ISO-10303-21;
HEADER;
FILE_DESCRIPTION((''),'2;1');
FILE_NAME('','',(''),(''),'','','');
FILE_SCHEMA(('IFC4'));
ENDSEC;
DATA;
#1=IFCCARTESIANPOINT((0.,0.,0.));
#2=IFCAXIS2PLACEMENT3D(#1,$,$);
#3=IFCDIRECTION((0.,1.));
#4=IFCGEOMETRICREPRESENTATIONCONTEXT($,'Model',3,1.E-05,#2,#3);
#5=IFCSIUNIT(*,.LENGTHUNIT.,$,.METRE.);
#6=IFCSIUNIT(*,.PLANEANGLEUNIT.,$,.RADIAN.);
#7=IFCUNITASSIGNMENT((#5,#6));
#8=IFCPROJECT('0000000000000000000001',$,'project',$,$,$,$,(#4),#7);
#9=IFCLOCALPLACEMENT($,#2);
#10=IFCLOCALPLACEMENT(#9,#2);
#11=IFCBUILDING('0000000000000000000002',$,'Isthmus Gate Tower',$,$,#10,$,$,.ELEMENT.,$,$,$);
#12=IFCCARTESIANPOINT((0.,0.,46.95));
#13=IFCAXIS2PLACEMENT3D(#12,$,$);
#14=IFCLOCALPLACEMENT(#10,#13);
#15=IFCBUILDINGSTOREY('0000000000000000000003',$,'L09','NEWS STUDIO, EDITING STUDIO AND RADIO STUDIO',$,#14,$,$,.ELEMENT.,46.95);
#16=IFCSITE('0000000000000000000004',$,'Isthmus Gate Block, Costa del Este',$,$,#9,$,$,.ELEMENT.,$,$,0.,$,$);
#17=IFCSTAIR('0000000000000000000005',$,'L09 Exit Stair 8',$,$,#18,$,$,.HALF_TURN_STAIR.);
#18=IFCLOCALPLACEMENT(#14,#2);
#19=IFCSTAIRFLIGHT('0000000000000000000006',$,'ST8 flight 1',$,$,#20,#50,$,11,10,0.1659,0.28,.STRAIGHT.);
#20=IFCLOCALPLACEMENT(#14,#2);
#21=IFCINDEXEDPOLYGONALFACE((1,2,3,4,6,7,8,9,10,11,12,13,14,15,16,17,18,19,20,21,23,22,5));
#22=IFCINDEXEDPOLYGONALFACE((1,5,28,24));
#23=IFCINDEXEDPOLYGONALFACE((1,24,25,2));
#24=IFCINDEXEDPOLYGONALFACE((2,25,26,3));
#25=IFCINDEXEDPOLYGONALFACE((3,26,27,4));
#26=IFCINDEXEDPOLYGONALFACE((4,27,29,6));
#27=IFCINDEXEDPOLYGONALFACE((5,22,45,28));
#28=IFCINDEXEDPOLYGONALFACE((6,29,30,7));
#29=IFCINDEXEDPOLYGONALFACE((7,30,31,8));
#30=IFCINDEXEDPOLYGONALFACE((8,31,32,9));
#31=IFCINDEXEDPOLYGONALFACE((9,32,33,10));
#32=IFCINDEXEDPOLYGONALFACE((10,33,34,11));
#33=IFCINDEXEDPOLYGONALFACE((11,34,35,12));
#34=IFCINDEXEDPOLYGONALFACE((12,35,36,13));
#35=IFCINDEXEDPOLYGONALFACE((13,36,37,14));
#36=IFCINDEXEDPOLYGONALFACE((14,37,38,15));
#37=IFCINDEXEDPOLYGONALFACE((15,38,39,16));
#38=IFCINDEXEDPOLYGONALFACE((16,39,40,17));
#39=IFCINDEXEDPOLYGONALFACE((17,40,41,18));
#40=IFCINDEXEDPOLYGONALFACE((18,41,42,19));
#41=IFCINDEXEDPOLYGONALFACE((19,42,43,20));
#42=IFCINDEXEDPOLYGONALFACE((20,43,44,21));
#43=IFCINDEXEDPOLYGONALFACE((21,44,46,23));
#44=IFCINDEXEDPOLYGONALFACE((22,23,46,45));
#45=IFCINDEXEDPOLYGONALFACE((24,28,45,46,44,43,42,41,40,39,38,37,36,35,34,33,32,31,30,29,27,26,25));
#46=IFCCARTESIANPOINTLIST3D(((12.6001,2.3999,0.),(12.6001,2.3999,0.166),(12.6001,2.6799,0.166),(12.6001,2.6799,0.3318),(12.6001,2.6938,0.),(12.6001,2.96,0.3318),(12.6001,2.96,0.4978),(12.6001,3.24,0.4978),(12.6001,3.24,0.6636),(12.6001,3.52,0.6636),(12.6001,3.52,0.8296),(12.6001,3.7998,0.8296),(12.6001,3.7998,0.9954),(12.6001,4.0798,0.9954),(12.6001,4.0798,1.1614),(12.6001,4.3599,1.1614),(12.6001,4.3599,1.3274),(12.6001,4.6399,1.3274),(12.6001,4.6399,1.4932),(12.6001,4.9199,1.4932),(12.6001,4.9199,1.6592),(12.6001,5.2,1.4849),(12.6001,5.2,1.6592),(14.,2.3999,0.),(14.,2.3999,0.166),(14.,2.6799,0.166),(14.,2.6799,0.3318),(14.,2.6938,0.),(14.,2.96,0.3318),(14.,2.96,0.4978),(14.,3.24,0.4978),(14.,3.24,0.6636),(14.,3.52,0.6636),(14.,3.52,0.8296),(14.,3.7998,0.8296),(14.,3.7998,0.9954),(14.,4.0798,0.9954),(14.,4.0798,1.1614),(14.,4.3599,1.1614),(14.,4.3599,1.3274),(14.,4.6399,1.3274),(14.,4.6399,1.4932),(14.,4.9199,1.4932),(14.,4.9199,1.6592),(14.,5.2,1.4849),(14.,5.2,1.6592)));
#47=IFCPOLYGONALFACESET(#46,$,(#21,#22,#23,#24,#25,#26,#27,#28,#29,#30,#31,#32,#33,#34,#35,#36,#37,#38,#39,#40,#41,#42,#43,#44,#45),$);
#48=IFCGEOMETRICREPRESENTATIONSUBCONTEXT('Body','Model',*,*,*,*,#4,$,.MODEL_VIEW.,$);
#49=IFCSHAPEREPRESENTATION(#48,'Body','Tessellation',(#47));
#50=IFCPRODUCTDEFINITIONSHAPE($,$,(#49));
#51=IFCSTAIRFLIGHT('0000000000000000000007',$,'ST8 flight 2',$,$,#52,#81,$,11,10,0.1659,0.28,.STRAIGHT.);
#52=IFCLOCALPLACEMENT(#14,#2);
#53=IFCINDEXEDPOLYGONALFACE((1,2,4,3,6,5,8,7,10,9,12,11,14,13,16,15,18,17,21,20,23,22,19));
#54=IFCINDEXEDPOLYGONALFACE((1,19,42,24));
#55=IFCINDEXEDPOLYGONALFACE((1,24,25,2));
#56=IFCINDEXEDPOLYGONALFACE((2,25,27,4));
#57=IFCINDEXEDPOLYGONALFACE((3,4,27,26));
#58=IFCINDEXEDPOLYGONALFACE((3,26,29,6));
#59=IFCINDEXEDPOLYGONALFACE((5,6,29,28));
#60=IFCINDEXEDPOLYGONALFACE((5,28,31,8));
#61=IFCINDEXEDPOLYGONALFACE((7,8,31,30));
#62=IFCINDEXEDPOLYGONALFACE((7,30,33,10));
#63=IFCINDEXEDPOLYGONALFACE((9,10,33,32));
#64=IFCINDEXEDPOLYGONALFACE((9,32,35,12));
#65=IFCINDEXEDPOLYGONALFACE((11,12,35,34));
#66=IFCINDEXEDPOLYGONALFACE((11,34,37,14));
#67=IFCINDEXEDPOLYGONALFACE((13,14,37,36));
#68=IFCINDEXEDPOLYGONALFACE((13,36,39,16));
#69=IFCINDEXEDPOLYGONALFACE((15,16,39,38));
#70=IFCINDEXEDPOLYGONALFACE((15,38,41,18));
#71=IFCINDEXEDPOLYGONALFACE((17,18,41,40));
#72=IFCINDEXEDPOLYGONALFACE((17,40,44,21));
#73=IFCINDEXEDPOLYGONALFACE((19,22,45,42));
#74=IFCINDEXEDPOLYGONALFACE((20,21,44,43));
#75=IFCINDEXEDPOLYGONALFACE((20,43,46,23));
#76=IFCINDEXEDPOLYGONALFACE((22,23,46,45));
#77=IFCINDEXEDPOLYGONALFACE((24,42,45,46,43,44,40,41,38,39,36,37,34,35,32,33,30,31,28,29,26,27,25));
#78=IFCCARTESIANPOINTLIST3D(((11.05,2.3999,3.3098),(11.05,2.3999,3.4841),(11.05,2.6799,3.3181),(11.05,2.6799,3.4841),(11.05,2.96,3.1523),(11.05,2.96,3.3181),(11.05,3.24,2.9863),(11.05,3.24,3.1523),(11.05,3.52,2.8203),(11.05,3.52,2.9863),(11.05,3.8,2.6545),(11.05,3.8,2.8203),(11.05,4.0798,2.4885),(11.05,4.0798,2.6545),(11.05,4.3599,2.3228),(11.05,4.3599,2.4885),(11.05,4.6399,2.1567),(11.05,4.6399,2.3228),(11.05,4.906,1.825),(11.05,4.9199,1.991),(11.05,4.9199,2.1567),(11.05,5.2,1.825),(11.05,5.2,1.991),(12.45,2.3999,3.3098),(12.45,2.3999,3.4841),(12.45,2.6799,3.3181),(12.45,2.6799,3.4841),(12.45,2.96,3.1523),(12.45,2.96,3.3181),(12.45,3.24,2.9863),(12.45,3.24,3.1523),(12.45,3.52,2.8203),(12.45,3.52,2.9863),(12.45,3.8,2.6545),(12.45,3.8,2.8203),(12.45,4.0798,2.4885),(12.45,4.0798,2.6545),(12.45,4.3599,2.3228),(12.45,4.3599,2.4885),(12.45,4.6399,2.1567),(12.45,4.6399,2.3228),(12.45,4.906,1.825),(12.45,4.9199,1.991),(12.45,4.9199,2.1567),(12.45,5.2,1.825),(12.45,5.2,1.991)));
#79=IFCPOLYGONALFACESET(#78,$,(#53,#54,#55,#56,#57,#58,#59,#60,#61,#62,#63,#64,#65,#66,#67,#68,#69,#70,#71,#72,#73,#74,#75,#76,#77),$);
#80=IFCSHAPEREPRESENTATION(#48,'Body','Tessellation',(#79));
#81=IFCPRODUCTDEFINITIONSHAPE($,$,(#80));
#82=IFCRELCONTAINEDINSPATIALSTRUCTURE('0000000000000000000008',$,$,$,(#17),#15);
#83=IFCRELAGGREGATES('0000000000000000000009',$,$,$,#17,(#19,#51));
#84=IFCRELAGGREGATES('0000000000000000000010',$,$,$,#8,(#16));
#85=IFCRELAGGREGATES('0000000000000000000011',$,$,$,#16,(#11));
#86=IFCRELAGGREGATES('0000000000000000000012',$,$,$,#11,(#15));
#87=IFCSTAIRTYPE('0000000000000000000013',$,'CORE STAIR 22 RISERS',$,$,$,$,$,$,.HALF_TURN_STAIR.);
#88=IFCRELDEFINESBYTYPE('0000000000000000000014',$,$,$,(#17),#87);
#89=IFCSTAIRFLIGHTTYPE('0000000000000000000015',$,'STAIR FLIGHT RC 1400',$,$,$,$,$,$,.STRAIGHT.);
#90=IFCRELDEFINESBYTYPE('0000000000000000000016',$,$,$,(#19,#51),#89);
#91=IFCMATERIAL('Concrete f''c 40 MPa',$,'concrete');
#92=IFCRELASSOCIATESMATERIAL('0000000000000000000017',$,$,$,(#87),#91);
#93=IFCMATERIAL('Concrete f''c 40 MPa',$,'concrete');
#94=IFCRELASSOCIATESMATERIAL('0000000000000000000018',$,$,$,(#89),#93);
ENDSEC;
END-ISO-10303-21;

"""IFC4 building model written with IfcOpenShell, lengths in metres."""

from ifc_helpers import new_model, si_unit, direction, frame, origin, place, context, subcontext, project, spatial, polyline, outline, extrude, material, type_object, element, aggregate, save


model = new_model("IFC4")

# Units and contexts
model_context = context("Model", 3, precision=1e-05, world=origin(), true_north=direction((0.0, 1.0)))
body_context = subcontext(model_context, "Body", "Model", "MODEL_VIEW")
ifc_project = project(units=[si_unit("LENGTHUNIT", "METRE"), si_unit("PLANEANGLEUNIT", "RADIAN")], contexts=[model_context])

# Site, building, storey
site_placement = place(None, origin())
site = spatial("IfcSite", under=ifc_project, at=site_placement, Name="Isthmus Gate Block, Costa del Este", CompositionType="ELEMENT", RefElevation=0.0)
building_placement = place(site_placement, origin())
building = spatial("IfcBuilding", under=site, at=building_placement, Name="Isthmus Gate Tower", CompositionType="ELEMENT")
storey_placement = place(building_placement, frame((0.0, 0.0, 46.95)))
storey = spatial("IfcBuildingStorey", under=building, at=storey_placement, Name="L09", Description="NEWS STUDIO, EDITING STUDIO AND RADIO STUDIO", CompositionType="ELEMENT", Elevation=46.95)

# Stair
ifc_material_1 = material(Name="Concrete f'c 40 MPa", Category="concrete")
stair_type = type_object("IfcStairType", Name="CORE STAIR 22 RISERS", PredefinedType="HALF_TURN_STAIR", material=ifc_material_1)
stair_1_placement = place(storey_placement, origin())
stair_1 = element("IfcStair", 1, at=stair_1_placement, inside=storey, type_object=stair_type, Name="L09 Exit Stair 8", PredefinedType="HALF_TURN_STAIR")

# Stair flights
ifc_material_2 = material(Name="Concrete f'c 40 MPa", Category="concrete")
stair_flight_type = type_object("IfcStairFlightType", Name="STAIR FLIGHT RC 1400", PredefinedType="STRAIGHT", material=ifc_material_2)
stair_flight_1_placement = place(storey_placement, frame((13.3, 2.3999, 0.0), z_axis=(0.0, 0.0, 1.0), x_axis=(0.0, 1.0, 0.0)))
stair_flight_1 = element("IfcStairFlight", 2, at=stair_flight_1_placement, type_object=stair_flight_type, Name="ST8 flight 1", NumberOfRisers=11, NumberOfTreads=10, PredefinedType="STRAIGHT", RiserHeight=0.1659, TreadLength=0.28, context=body_context, shape_type="SweptSolid", body=[
    extrude(outline(polyline([(0.0, 0.0), (0.0, 0.166), (0.28, 0.166), (0.28, 0.3318), (0.5601, 0.3318), (0.5601, 0.4978), (0.8401, 0.4978), (0.8401, 0.6636), (1.1201, 0.6636), (1.1201, 0.8296), (1.3999, 0.8296), (1.3999, 0.9954), (1.6799, 0.9954), (1.6799, 1.1614), (1.96, 1.1614), (1.96, 1.3274), (2.24, 1.3274), (2.24, 1.4932), (2.52, 1.4932), (2.52, 1.6592), (2.8, 1.6592), (2.8, 1.825), (2.8, 1.4849), (0.2939, 0.0), (0.0, 0.0)])), frame((0.0, 0.7, 0.0), z_axis=(0.0, -1.0, 0.0), x_axis=(1.0, 0.0, 0.0)), (0.0, 0.0, 1.0), 1.3999),
])
stair_flight_2_placement = place(storey_placement, frame((11.75, 5.2, 1.825), z_axis=(0.0, 0.0, 1.0), x_axis=(0.0, -1.0, 0.0)))
stair_flight_2 = element("IfcStairFlight", 3, at=stair_flight_2_placement, type_object=stair_flight_type, Name="ST8 flight 2", NumberOfRisers=11, NumberOfTreads=10, PredefinedType="STRAIGHT", RiserHeight=0.1659, TreadLength=0.28, context=body_context, shape_type="SweptSolid", body=[
    extrude(outline(polyline([(0.0, 0.0), (0.0, 0.166), (0.28, 0.166), (0.28, 0.3318), (0.5601, 0.3318), (0.5601, 0.4978), (0.8401, 0.4978), (0.8401, 0.6636), (1.1201, 0.6636), (1.1201, 0.8296), (1.3999, 0.8296), (1.3999, 0.9954), (1.6799, 0.9954), (1.6799, 1.1614), (1.96, 1.1614), (1.96, 1.3274), (2.24, 1.3274), (2.24, 1.4932), (2.52, 1.4932), (2.52, 1.6592), (2.8, 1.6592), (2.8, 1.825), (2.8, 1.4849), (0.2939, 0.0), (0.0, 0.0)])), frame((0.0, 0.7, 0.0), z_axis=(0.0, -1.0, 0.0), x_axis=(1.0, 0.0, 0.0)), (0.0, 0.0, 1.0), 1.3999),
])
aggregate(stair_1, [stair_flight_1, stair_flight_2])

save(model, "model.ifc")
